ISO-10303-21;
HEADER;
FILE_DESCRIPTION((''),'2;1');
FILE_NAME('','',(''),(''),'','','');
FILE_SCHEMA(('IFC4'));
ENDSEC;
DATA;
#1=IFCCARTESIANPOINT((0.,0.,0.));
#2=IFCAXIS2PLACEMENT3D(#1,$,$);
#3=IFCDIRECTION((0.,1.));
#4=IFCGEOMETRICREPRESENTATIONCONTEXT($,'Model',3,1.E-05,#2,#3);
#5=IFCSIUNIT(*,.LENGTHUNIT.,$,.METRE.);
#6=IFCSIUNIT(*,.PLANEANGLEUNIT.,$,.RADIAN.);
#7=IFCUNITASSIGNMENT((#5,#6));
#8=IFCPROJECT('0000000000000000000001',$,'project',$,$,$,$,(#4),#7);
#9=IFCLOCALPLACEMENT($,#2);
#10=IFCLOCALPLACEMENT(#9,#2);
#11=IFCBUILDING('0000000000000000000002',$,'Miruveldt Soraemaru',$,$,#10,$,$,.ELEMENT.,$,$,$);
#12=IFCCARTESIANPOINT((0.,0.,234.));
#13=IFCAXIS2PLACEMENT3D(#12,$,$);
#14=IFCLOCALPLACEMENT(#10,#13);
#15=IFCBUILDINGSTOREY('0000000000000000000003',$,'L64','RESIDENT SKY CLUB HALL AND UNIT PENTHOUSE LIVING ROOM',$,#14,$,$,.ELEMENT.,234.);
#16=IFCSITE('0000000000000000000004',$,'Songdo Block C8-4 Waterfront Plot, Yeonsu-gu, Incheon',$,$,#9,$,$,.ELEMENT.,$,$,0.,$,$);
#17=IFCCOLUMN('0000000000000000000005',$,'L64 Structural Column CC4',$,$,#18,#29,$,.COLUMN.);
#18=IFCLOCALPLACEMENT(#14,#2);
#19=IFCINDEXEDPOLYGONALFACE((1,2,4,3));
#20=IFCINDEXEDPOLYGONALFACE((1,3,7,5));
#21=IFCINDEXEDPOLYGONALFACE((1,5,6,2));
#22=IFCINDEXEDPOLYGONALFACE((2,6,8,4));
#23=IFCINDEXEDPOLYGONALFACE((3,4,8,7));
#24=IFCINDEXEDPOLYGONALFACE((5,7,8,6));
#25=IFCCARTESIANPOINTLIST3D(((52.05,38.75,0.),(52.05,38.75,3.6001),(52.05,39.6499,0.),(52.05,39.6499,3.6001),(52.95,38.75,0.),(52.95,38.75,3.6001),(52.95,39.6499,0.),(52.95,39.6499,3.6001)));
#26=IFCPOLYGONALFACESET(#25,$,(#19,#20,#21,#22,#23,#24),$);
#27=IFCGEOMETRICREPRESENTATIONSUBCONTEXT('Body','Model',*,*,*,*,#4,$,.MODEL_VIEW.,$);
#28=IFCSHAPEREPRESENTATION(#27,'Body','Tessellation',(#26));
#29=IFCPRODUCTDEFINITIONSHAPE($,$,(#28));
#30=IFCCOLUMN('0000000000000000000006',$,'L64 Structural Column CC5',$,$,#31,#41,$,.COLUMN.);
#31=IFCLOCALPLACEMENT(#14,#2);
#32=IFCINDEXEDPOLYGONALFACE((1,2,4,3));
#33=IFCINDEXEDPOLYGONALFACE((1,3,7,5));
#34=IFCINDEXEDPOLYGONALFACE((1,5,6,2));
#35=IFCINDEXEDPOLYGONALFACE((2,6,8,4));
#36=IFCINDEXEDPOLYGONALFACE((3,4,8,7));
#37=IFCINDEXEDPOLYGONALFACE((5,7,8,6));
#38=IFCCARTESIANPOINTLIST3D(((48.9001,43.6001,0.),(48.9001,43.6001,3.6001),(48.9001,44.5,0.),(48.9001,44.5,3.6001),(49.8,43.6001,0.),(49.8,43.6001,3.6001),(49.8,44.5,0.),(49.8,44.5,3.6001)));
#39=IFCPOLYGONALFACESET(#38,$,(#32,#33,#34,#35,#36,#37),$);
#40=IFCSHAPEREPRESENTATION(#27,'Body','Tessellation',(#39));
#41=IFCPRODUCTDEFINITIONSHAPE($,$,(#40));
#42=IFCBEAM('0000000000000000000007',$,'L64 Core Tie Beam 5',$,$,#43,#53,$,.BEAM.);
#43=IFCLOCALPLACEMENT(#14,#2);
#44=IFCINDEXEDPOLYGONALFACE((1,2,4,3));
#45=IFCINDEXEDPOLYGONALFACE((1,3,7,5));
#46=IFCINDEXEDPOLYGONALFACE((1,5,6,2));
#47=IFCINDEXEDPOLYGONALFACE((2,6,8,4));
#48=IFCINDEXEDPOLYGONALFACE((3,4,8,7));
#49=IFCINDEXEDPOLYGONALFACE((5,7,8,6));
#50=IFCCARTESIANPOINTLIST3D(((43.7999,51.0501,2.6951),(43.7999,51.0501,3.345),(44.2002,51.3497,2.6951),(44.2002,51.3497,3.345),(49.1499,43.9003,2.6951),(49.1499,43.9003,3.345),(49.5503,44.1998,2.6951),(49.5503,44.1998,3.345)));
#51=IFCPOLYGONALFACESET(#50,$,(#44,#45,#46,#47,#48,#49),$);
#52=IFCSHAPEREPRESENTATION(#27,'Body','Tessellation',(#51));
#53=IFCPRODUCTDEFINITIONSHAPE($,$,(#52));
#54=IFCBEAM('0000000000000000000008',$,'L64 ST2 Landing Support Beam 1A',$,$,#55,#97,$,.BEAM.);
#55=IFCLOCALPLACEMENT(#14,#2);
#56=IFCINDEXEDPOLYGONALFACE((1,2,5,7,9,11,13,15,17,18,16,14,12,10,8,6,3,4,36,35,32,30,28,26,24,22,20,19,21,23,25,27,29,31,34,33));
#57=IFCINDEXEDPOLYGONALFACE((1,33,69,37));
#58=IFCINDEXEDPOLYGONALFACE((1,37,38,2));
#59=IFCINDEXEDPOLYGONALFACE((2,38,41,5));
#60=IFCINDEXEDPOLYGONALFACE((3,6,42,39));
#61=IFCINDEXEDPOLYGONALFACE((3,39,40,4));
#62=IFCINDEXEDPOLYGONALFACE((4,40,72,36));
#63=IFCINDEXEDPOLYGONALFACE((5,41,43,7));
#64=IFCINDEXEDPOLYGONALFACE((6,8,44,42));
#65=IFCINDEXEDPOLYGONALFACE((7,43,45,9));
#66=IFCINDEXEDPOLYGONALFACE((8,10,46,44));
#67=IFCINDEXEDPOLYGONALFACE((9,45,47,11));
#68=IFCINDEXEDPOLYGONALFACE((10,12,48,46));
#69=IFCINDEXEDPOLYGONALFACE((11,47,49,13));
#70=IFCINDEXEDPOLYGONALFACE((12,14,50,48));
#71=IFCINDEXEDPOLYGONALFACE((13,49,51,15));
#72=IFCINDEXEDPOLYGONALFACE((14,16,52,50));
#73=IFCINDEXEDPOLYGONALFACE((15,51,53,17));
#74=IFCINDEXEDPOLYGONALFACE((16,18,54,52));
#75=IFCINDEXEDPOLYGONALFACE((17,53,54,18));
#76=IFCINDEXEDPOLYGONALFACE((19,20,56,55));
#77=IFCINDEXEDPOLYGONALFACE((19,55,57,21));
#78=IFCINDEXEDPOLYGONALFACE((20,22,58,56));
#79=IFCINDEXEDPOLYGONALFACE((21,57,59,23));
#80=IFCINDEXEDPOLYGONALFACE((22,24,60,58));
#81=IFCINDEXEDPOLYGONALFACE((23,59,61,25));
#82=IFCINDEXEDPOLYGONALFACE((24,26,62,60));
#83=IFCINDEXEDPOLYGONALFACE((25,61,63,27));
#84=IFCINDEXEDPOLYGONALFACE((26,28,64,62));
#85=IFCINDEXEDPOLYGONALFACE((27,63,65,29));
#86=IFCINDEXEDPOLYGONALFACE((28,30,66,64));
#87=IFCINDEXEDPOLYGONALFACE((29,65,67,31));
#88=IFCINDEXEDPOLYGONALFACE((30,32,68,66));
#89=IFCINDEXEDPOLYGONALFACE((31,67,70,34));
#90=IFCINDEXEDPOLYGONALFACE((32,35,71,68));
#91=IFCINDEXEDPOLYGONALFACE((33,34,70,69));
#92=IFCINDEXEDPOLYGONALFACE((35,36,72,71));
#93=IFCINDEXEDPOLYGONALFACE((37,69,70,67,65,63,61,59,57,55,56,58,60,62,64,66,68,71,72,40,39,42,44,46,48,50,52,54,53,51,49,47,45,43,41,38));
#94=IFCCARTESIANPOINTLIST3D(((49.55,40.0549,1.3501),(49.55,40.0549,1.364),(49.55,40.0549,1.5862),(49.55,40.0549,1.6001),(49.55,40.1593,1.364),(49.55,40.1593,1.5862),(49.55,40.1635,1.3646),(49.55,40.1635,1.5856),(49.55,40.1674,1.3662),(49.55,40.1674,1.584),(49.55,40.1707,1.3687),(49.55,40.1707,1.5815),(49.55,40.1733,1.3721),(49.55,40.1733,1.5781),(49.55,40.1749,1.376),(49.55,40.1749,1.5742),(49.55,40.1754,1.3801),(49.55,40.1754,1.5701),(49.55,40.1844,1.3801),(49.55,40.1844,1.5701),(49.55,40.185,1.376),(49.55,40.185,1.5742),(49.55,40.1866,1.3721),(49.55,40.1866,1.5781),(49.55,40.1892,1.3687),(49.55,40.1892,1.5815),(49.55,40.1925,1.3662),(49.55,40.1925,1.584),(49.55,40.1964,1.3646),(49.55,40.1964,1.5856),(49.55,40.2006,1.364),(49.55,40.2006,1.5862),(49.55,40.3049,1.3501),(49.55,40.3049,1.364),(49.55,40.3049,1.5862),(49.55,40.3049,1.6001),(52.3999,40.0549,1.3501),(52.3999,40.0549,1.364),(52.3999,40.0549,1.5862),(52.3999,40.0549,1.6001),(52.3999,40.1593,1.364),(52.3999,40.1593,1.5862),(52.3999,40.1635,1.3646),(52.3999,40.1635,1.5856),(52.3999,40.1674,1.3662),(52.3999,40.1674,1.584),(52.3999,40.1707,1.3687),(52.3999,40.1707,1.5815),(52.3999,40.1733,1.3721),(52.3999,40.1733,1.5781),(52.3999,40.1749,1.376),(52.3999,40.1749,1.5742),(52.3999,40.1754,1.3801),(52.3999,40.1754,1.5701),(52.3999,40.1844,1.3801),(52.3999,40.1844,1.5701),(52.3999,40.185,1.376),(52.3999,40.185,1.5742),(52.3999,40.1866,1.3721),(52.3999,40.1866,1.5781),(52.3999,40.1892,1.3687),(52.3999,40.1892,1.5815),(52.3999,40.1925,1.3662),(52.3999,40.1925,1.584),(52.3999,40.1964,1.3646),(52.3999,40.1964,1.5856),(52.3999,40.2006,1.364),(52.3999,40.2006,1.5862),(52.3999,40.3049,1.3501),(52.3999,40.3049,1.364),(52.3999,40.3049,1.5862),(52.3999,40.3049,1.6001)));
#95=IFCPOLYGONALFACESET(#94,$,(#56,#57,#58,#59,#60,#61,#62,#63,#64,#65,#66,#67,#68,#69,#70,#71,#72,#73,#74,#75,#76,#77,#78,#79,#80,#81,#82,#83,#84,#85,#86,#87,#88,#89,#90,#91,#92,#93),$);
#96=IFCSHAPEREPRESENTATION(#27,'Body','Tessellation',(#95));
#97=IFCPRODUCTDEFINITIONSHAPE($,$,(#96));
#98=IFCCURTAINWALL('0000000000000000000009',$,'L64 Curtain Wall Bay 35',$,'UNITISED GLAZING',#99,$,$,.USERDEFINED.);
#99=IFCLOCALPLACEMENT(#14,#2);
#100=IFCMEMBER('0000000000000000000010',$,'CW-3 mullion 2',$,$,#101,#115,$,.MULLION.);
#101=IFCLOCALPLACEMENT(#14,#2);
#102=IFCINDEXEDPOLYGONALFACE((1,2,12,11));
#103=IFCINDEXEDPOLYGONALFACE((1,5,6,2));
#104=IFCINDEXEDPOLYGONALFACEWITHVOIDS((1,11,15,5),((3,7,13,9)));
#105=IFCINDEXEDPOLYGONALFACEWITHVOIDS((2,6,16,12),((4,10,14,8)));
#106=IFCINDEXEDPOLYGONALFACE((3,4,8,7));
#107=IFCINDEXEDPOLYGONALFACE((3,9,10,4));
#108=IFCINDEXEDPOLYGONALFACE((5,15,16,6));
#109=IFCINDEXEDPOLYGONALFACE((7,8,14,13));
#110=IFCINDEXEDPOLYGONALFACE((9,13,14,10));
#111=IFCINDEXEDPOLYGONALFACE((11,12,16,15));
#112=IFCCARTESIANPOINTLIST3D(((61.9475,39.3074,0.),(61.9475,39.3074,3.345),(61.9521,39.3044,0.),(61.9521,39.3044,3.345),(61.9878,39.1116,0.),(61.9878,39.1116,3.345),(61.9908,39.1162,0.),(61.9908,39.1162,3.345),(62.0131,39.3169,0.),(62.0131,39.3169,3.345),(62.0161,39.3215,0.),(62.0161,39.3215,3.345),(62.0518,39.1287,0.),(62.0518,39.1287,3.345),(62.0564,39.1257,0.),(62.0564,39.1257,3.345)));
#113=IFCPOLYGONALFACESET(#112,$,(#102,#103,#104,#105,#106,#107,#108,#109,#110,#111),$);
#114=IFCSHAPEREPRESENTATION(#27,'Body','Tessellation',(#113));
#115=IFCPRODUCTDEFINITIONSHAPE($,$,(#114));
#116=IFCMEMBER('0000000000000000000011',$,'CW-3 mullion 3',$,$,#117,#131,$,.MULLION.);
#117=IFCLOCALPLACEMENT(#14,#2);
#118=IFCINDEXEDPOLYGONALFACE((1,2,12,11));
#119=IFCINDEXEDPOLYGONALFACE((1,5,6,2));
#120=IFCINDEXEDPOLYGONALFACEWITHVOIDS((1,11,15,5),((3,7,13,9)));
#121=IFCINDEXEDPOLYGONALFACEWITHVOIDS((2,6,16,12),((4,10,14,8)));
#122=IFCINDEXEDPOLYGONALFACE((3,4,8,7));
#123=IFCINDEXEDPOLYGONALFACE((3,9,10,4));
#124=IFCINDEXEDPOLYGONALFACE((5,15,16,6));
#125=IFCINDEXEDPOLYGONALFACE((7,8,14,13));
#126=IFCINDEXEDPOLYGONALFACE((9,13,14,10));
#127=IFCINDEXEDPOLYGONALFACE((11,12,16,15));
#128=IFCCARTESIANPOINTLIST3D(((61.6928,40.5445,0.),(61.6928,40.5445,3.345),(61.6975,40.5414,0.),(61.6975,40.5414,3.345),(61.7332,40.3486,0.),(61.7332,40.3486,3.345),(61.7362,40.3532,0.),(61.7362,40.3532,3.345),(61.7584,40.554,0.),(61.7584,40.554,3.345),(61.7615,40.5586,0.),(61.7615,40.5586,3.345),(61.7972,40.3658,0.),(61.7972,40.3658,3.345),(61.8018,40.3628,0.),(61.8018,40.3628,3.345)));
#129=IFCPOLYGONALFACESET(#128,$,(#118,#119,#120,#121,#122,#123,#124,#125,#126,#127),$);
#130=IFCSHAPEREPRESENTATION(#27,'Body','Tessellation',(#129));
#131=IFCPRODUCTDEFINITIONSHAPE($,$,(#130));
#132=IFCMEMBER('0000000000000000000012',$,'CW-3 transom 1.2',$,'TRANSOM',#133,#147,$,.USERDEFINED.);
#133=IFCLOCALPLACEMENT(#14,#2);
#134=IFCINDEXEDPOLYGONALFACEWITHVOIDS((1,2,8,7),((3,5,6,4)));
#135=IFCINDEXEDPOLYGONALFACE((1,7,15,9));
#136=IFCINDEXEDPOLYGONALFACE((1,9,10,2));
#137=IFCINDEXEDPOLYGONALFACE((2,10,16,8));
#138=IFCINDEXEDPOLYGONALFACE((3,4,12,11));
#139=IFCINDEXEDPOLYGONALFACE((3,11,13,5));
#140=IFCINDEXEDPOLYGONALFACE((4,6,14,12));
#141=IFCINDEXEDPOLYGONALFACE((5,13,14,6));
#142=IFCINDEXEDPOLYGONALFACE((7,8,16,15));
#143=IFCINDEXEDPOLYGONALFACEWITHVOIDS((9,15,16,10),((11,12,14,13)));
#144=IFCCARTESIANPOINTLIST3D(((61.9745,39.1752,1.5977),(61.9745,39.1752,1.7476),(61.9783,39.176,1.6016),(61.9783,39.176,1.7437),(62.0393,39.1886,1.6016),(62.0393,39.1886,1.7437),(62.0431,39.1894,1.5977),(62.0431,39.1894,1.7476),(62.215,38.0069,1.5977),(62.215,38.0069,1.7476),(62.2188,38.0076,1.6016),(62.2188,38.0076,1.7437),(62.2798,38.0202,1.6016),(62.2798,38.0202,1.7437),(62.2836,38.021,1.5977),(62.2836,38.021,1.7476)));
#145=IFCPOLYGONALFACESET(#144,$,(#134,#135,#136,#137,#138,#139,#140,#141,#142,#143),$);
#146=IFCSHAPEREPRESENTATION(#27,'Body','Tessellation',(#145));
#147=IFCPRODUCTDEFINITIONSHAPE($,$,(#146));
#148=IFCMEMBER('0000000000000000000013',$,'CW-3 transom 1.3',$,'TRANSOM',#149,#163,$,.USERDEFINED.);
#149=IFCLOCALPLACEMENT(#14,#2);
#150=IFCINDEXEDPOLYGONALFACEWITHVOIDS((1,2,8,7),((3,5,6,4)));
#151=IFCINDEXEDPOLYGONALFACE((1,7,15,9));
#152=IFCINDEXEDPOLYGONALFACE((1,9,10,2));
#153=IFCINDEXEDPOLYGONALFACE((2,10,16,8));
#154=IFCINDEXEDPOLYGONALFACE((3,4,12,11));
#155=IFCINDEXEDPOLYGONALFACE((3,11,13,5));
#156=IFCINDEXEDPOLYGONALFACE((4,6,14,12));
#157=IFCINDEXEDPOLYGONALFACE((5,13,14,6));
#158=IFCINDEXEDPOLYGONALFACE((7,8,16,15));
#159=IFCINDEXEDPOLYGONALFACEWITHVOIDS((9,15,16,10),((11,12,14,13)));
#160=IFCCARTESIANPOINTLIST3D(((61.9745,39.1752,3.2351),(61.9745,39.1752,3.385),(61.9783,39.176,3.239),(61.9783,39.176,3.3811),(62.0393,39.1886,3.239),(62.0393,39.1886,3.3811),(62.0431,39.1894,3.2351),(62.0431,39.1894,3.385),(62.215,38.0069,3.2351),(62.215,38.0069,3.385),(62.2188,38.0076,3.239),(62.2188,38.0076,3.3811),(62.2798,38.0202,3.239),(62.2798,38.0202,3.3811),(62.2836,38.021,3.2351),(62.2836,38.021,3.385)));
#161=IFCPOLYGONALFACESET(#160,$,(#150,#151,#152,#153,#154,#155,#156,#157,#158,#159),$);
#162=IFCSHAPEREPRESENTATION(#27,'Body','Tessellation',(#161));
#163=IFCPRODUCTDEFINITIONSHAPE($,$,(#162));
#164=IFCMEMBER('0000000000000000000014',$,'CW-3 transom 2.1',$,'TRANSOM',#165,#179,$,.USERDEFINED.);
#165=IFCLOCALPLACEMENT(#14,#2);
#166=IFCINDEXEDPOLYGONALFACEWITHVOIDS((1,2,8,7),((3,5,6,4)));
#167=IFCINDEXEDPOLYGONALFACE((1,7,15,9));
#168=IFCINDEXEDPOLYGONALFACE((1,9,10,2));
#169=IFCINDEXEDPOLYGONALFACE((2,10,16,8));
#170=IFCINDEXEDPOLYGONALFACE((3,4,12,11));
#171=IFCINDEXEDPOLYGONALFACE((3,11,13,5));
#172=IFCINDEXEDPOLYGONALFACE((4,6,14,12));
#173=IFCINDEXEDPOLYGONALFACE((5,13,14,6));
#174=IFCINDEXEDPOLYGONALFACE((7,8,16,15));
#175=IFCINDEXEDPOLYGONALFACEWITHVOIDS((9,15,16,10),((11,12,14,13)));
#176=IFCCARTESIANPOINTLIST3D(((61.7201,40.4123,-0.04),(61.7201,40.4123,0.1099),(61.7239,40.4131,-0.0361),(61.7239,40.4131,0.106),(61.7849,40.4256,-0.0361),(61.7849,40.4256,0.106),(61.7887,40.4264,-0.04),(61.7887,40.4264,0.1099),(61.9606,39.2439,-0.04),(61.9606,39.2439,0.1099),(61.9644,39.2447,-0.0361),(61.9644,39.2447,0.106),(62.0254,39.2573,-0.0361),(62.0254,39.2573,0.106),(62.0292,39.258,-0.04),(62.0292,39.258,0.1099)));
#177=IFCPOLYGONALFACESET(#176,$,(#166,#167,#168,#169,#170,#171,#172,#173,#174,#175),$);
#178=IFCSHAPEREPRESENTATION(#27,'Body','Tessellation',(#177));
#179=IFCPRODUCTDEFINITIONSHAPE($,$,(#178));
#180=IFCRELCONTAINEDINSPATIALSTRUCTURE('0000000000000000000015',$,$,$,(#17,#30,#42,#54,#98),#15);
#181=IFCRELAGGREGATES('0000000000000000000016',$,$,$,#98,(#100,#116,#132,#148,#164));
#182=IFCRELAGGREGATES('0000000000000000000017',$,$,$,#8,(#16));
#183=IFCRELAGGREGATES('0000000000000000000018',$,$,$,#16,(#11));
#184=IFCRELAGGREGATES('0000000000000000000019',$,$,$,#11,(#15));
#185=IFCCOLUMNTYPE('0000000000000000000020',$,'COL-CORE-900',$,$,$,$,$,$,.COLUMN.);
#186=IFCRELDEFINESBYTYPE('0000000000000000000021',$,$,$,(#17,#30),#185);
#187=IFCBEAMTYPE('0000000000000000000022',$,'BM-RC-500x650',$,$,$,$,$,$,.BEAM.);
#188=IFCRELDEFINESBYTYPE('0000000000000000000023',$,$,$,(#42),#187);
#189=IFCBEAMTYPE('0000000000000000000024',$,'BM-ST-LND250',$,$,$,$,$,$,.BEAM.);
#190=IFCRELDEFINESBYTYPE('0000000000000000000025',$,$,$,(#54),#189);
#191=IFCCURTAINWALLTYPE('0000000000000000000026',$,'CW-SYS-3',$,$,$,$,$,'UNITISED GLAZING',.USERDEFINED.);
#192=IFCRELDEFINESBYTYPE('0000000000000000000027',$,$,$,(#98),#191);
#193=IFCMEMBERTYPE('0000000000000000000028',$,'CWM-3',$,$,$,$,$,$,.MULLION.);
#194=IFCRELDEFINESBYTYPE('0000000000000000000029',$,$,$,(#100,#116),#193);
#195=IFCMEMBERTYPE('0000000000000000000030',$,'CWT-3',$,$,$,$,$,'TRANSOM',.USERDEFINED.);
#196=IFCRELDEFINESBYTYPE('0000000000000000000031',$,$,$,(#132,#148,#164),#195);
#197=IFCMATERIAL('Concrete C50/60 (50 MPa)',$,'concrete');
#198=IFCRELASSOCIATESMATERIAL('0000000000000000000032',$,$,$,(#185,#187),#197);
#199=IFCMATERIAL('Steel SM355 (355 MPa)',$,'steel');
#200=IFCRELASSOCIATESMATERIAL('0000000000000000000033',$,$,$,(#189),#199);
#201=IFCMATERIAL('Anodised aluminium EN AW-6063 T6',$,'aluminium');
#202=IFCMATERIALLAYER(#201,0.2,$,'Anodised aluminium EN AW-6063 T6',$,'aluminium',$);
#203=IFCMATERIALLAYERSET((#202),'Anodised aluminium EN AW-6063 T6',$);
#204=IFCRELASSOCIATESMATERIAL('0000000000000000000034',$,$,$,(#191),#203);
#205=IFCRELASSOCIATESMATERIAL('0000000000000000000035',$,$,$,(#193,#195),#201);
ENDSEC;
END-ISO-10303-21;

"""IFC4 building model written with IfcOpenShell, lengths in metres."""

from ifc_helpers import new_model, si_unit, direction, frame, origin, origin_2d, place, context, subcontext, project, spatial, rectangle, hollow_rectangle, i_section, extrude, material, layer, layer_set, material_profile, profile_set, type_object, element, aggregate, save


model = new_model("IFC4")

# Units and contexts
model_context = context("Model", 3, precision=1e-05, world=origin(), true_north=direction((0.0, 1.0)))
body_context = subcontext(model_context, "Body", "Model", "MODEL_VIEW")
ifc_project = project(units=[si_unit("LENGTHUNIT", "METRE"), si_unit("PLANEANGLEUNIT", "RADIAN")], contexts=[model_context])

# Site, building, storey
site_placement = place(None, origin())
site = spatial("IfcSite", under=ifc_project, at=site_placement, Name="Songdo Block C8-4 Waterfront Plot, Yeonsu-gu, Incheon", CompositionType="ELEMENT", RefElevation=0.0)
building_placement = place(site_placement, origin())
building = spatial("IfcBuilding", under=site, at=building_placement, Name="Miruveldt Soraemaru", CompositionType="ELEMENT")
storey_placement = place(building_placement, frame((0.0, 0.0, 234.0)))
storey = spatial("IfcBuildingStorey", under=building, at=storey_placement, Name="L64", Description="RESIDENT SKY CLUB HALL AND UNIT PENTHOUSE LIVING ROOM", CompositionType="ELEMENT", Elevation=234.0)

# Columns
ifc_material_1 = material(Name="Concrete C50/60 (50 MPa)", Category="concrete")
ifc_material_profile_1 = material_profile(ifc_material_1, rectangle(XDim=0.8999, YDim=0.8999, at=origin_2d()), Name="Concrete C50/60 (50 MPa)", Category="concrete")
ifc_profile_set_1 = profile_set([ifc_material_profile_1], Name="Concrete C50/60 (50 MPa)")
column_type = type_object("IfcColumnType", Name="COL-CORE-900", PredefinedType="COLUMN", material=ifc_profile_set_1)
for number, where, z_axis, x_axis, name in (
    (1, (52.5, 39.2, 0.0), (0.0, 0.0, 1.0), (1.0, 0.0, 0.0), "L64 Structural Column CC4"),
    (2, (49.3501, 44.05, 0.0), (0.0, 0.0, 1.0), (1.0, 0.0, 0.0), "L64 Structural Column CC5"),
):
    element("IfcColumn", number, at=place(storey_placement, frame(where, z_axis=z_axis, x_axis=x_axis)), inside=storey, type_object=column_type, Name=name, PredefinedType="COLUMN", context=body_context, shape_type="SweptSolid", body=[
        extrude(rectangle(XDim=0.8999, YDim=0.8999, at=origin_2d()), origin(), (0.0, 0.0, 1.0), 3.6001),
    ])

# Beams
ifc_material_profile_2 = material_profile(ifc_material_1, rectangle(XDim=0.5, YDim=0.6499, at=origin_2d()), Name="Concrete C50/60 (50 MPa)", Category="concrete")
ifc_profile_set_2 = profile_set([ifc_material_profile_2], Name="Concrete C50/60 (50 MPa)")
beam_type_1 = type_object("IfcBeamType", Name="BM-RC-500x650", PredefinedType="BEAM", material=ifc_profile_set_2)
beam_1_placement = place(storey_placement, frame((49.3501, 44.05, 3.02), z_axis=(-0.599116, 0.800662, 0.0), x_axis=(-0.800662, -0.599116, 0.0)))
element("IfcBeam", 3, at=beam_1_placement, inside=storey, type_object=beam_type_1, Name="L64 Core Tie Beam 5", PredefinedType="BEAM", context=body_context, shape_type="SweptSolid", body=[
    extrude(rectangle(XDim=0.5, YDim=0.6499, at=origin_2d()), origin(), (0.0, 0.0, 1.0), 8.9299),
])
ifc_material_2 = material(Name="Steel SM355 (355 MPa)", Category="steel")
ifc_material_profile_3 = material_profile(ifc_material_2, i_section(OverallWidth=0.25, OverallDepth=0.25, WebThickness=0.009, FlangeThickness=0.0139, FilletRadius=0.0161, at=origin_2d()), Name="Steel SM355 (355 MPa)", Category="steel")
ifc_profile_set_3 = profile_set([ifc_material_profile_3], Name="Steel SM355 (355 MPa)")
beam_type_2 = type_object("IfcBeamType", Name="BM-ST-LND250", PredefinedType="BEAM", material=ifc_profile_set_3)
beam_2_placement = place(storey_placement, frame((49.55, 40.1799, 1.4751), z_axis=(1.0, 0.0, 0.0), x_axis=(0.0, 1.0, 0.0)))
element("IfcBeam", 4, at=beam_2_placement, inside=storey, type_object=beam_type_2, Name="L64 ST2 Landing Support Beam 1A", PredefinedType="BEAM", context=body_context, shape_type="SweptSolid", body=[
    extrude(i_section(OverallWidth=0.25, OverallDepth=0.25, WebThickness=0.009, FlangeThickness=0.0139, FilletRadius=0.0161, at=origin_2d()), origin(), (0.0, 0.0, 1.0), 2.8499),
])

# Curtain wall, members
ifc_material_3 = material(Name="Anodised aluminium EN AW-6063 T6", Category="aluminium")
ifc_layer_1 = layer(ifc_material_3, 0.2, Name="Anodised aluminium EN AW-6063 T6", Category="aluminium")
ifc_layer_set_1 = layer_set([ifc_layer_1], Name="Anodised aluminium EN AW-6063 T6")
curtain_wall_type = type_object("IfcCurtainWallType", Name="CW-SYS-3", ElementType="UNITISED GLAZING", PredefinedType="USERDEFINED", material=ifc_layer_set_1)
curtain_wall_placement = place(storey_placement, origin())
curtain_wall = element("IfcCurtainWall", 5, at=curtain_wall_placement, inside=storey, type_object=curtain_wall_type, Name="L64 Curtain Wall Bay 35", ObjectType="UNITISED GLAZING", PredefinedType="USERDEFINED")
ifc_material_profile_4 = material_profile(ifc_material_3, hollow_rectangle(XDim=0.0701, YDim=0.2, WallThickness=0.0039, at=origin_2d()), Name="Anodised aluminium EN AW-6063 T6", Category="aluminium")
ifc_profile_set_4 = profile_set([ifc_material_profile_4], Name="Anodised aluminium EN AW-6063 T6")
member_type_1 = type_object("IfcMemberType", Name="CWM-3", PredefinedType="MULLION", material=ifc_profile_set_4)
member_1_placement = place(storey_placement, frame((62.002, 39.2166, 0.0), z_axis=(0.0, 0.0, 1.0), x_axis=(-0.979472, -0.20158, 0.0)))
member_1 = element("IfcMember", 6, at=member_1_placement, type_object=member_type_1, Name="CW-3 mullion 2", PredefinedType="MULLION", context=body_context, shape_type="SweptSolid", body=[
    extrude(hollow_rectangle(XDim=0.0701, YDim=0.2, WallThickness=0.0039, at=origin_2d()), origin(), (0.0, 0.0, 1.0), 3.345),
])
member_2_placement = place(storey_placement, frame((61.7473, 40.4536, 0.0), z_axis=(0.0, 0.0, 1.0), x_axis=(-0.979472, -0.20158, 0.0)))
member_2 = element("IfcMember", 7, at=member_2_placement, type_object=member_type_1, Name="CW-3 mullion 3", PredefinedType="MULLION", context=body_context, shape_type="SweptSolid", body=[
    extrude(hollow_rectangle(XDim=0.0701, YDim=0.2, WallThickness=0.0039, at=origin_2d()), origin(), (0.0, 0.0, 1.0), 3.345),
])
ifc_material_profile_5 = material_profile(ifc_material_3, hollow_rectangle(XDim=0.0701, YDim=0.1499, WallThickness=0.0039, at=origin_2d()), Name="Anodised aluminium EN AW-6063 T6", Category="aluminium")
ifc_profile_set_5 = profile_set([ifc_material_profile_5], Name="Anodised aluminium EN AW-6063 T6")
member_type_2 = type_object("IfcMemberType", Name="CWT-3", ElementType="TRANSOM", PredefinedType="USERDEFINED", material=ifc_profile_set_5)
member_3_placement = place(storey_placement, frame((62.2493, 38.0139, 1.6726), z_axis=(-0.201584, 0.979471, 0.0), x_axis=(-0.979471, -0.201584, 0.0)))
member_3 = element("IfcMember", 8, at=member_3_placement, type_object=member_type_2, Name="CW-3 transom 1.2", ObjectType="TRANSOM", PredefinedType="USERDEFINED", context=body_context, shape_type="SweptSolid", body=[
    extrude(hollow_rectangle(XDim=0.0701, YDim=0.1499, WallThickness=0.0039, at=origin_2d()), origin(), (0.0, 0.0, 1.0), 1.1929),
])
member_4_placement = place(storey_placement, frame((62.2493, 38.0139, 3.3101), z_axis=(-0.201584, 0.979471, 0.0), x_axis=(-0.979471, -0.201584, 0.0)))
member_4 = element("IfcMember", 9, at=member_4_placement, type_object=member_type_2, Name="CW-3 transom 1.3", ObjectType="TRANSOM", PredefinedType="USERDEFINED", context=body_context, shape_type="SweptSolid", body=[
    extrude(hollow_rectangle(XDim=0.0701, YDim=0.1499, WallThickness=0.0039, at=origin_2d()), origin(), (0.0, 0.0, 1.0), 1.1929),
])
member_5_placement = place(storey_placement, frame((61.9949, 39.251, 0.0349), z_axis=(-0.201584, 0.979471, 0.0), x_axis=(-0.979471, -0.201584, 0.0)))
member_5 = element("IfcMember", 10, at=member_5_placement, type_object=member_type_2, Name="CW-3 transom 2.1", ObjectType="TRANSOM", PredefinedType="USERDEFINED", context=body_context, shape_type="SweptSolid", body=[
    extrude(hollow_rectangle(XDim=0.0701, YDim=0.1499, WallThickness=0.0039, at=origin_2d()), origin(), (0.0, 0.0, 1.0), 1.1929),
])
aggregate(curtain_wall, [member_1, member_2, member_3, member_4, member_5])

save(model, "model.ifc")
